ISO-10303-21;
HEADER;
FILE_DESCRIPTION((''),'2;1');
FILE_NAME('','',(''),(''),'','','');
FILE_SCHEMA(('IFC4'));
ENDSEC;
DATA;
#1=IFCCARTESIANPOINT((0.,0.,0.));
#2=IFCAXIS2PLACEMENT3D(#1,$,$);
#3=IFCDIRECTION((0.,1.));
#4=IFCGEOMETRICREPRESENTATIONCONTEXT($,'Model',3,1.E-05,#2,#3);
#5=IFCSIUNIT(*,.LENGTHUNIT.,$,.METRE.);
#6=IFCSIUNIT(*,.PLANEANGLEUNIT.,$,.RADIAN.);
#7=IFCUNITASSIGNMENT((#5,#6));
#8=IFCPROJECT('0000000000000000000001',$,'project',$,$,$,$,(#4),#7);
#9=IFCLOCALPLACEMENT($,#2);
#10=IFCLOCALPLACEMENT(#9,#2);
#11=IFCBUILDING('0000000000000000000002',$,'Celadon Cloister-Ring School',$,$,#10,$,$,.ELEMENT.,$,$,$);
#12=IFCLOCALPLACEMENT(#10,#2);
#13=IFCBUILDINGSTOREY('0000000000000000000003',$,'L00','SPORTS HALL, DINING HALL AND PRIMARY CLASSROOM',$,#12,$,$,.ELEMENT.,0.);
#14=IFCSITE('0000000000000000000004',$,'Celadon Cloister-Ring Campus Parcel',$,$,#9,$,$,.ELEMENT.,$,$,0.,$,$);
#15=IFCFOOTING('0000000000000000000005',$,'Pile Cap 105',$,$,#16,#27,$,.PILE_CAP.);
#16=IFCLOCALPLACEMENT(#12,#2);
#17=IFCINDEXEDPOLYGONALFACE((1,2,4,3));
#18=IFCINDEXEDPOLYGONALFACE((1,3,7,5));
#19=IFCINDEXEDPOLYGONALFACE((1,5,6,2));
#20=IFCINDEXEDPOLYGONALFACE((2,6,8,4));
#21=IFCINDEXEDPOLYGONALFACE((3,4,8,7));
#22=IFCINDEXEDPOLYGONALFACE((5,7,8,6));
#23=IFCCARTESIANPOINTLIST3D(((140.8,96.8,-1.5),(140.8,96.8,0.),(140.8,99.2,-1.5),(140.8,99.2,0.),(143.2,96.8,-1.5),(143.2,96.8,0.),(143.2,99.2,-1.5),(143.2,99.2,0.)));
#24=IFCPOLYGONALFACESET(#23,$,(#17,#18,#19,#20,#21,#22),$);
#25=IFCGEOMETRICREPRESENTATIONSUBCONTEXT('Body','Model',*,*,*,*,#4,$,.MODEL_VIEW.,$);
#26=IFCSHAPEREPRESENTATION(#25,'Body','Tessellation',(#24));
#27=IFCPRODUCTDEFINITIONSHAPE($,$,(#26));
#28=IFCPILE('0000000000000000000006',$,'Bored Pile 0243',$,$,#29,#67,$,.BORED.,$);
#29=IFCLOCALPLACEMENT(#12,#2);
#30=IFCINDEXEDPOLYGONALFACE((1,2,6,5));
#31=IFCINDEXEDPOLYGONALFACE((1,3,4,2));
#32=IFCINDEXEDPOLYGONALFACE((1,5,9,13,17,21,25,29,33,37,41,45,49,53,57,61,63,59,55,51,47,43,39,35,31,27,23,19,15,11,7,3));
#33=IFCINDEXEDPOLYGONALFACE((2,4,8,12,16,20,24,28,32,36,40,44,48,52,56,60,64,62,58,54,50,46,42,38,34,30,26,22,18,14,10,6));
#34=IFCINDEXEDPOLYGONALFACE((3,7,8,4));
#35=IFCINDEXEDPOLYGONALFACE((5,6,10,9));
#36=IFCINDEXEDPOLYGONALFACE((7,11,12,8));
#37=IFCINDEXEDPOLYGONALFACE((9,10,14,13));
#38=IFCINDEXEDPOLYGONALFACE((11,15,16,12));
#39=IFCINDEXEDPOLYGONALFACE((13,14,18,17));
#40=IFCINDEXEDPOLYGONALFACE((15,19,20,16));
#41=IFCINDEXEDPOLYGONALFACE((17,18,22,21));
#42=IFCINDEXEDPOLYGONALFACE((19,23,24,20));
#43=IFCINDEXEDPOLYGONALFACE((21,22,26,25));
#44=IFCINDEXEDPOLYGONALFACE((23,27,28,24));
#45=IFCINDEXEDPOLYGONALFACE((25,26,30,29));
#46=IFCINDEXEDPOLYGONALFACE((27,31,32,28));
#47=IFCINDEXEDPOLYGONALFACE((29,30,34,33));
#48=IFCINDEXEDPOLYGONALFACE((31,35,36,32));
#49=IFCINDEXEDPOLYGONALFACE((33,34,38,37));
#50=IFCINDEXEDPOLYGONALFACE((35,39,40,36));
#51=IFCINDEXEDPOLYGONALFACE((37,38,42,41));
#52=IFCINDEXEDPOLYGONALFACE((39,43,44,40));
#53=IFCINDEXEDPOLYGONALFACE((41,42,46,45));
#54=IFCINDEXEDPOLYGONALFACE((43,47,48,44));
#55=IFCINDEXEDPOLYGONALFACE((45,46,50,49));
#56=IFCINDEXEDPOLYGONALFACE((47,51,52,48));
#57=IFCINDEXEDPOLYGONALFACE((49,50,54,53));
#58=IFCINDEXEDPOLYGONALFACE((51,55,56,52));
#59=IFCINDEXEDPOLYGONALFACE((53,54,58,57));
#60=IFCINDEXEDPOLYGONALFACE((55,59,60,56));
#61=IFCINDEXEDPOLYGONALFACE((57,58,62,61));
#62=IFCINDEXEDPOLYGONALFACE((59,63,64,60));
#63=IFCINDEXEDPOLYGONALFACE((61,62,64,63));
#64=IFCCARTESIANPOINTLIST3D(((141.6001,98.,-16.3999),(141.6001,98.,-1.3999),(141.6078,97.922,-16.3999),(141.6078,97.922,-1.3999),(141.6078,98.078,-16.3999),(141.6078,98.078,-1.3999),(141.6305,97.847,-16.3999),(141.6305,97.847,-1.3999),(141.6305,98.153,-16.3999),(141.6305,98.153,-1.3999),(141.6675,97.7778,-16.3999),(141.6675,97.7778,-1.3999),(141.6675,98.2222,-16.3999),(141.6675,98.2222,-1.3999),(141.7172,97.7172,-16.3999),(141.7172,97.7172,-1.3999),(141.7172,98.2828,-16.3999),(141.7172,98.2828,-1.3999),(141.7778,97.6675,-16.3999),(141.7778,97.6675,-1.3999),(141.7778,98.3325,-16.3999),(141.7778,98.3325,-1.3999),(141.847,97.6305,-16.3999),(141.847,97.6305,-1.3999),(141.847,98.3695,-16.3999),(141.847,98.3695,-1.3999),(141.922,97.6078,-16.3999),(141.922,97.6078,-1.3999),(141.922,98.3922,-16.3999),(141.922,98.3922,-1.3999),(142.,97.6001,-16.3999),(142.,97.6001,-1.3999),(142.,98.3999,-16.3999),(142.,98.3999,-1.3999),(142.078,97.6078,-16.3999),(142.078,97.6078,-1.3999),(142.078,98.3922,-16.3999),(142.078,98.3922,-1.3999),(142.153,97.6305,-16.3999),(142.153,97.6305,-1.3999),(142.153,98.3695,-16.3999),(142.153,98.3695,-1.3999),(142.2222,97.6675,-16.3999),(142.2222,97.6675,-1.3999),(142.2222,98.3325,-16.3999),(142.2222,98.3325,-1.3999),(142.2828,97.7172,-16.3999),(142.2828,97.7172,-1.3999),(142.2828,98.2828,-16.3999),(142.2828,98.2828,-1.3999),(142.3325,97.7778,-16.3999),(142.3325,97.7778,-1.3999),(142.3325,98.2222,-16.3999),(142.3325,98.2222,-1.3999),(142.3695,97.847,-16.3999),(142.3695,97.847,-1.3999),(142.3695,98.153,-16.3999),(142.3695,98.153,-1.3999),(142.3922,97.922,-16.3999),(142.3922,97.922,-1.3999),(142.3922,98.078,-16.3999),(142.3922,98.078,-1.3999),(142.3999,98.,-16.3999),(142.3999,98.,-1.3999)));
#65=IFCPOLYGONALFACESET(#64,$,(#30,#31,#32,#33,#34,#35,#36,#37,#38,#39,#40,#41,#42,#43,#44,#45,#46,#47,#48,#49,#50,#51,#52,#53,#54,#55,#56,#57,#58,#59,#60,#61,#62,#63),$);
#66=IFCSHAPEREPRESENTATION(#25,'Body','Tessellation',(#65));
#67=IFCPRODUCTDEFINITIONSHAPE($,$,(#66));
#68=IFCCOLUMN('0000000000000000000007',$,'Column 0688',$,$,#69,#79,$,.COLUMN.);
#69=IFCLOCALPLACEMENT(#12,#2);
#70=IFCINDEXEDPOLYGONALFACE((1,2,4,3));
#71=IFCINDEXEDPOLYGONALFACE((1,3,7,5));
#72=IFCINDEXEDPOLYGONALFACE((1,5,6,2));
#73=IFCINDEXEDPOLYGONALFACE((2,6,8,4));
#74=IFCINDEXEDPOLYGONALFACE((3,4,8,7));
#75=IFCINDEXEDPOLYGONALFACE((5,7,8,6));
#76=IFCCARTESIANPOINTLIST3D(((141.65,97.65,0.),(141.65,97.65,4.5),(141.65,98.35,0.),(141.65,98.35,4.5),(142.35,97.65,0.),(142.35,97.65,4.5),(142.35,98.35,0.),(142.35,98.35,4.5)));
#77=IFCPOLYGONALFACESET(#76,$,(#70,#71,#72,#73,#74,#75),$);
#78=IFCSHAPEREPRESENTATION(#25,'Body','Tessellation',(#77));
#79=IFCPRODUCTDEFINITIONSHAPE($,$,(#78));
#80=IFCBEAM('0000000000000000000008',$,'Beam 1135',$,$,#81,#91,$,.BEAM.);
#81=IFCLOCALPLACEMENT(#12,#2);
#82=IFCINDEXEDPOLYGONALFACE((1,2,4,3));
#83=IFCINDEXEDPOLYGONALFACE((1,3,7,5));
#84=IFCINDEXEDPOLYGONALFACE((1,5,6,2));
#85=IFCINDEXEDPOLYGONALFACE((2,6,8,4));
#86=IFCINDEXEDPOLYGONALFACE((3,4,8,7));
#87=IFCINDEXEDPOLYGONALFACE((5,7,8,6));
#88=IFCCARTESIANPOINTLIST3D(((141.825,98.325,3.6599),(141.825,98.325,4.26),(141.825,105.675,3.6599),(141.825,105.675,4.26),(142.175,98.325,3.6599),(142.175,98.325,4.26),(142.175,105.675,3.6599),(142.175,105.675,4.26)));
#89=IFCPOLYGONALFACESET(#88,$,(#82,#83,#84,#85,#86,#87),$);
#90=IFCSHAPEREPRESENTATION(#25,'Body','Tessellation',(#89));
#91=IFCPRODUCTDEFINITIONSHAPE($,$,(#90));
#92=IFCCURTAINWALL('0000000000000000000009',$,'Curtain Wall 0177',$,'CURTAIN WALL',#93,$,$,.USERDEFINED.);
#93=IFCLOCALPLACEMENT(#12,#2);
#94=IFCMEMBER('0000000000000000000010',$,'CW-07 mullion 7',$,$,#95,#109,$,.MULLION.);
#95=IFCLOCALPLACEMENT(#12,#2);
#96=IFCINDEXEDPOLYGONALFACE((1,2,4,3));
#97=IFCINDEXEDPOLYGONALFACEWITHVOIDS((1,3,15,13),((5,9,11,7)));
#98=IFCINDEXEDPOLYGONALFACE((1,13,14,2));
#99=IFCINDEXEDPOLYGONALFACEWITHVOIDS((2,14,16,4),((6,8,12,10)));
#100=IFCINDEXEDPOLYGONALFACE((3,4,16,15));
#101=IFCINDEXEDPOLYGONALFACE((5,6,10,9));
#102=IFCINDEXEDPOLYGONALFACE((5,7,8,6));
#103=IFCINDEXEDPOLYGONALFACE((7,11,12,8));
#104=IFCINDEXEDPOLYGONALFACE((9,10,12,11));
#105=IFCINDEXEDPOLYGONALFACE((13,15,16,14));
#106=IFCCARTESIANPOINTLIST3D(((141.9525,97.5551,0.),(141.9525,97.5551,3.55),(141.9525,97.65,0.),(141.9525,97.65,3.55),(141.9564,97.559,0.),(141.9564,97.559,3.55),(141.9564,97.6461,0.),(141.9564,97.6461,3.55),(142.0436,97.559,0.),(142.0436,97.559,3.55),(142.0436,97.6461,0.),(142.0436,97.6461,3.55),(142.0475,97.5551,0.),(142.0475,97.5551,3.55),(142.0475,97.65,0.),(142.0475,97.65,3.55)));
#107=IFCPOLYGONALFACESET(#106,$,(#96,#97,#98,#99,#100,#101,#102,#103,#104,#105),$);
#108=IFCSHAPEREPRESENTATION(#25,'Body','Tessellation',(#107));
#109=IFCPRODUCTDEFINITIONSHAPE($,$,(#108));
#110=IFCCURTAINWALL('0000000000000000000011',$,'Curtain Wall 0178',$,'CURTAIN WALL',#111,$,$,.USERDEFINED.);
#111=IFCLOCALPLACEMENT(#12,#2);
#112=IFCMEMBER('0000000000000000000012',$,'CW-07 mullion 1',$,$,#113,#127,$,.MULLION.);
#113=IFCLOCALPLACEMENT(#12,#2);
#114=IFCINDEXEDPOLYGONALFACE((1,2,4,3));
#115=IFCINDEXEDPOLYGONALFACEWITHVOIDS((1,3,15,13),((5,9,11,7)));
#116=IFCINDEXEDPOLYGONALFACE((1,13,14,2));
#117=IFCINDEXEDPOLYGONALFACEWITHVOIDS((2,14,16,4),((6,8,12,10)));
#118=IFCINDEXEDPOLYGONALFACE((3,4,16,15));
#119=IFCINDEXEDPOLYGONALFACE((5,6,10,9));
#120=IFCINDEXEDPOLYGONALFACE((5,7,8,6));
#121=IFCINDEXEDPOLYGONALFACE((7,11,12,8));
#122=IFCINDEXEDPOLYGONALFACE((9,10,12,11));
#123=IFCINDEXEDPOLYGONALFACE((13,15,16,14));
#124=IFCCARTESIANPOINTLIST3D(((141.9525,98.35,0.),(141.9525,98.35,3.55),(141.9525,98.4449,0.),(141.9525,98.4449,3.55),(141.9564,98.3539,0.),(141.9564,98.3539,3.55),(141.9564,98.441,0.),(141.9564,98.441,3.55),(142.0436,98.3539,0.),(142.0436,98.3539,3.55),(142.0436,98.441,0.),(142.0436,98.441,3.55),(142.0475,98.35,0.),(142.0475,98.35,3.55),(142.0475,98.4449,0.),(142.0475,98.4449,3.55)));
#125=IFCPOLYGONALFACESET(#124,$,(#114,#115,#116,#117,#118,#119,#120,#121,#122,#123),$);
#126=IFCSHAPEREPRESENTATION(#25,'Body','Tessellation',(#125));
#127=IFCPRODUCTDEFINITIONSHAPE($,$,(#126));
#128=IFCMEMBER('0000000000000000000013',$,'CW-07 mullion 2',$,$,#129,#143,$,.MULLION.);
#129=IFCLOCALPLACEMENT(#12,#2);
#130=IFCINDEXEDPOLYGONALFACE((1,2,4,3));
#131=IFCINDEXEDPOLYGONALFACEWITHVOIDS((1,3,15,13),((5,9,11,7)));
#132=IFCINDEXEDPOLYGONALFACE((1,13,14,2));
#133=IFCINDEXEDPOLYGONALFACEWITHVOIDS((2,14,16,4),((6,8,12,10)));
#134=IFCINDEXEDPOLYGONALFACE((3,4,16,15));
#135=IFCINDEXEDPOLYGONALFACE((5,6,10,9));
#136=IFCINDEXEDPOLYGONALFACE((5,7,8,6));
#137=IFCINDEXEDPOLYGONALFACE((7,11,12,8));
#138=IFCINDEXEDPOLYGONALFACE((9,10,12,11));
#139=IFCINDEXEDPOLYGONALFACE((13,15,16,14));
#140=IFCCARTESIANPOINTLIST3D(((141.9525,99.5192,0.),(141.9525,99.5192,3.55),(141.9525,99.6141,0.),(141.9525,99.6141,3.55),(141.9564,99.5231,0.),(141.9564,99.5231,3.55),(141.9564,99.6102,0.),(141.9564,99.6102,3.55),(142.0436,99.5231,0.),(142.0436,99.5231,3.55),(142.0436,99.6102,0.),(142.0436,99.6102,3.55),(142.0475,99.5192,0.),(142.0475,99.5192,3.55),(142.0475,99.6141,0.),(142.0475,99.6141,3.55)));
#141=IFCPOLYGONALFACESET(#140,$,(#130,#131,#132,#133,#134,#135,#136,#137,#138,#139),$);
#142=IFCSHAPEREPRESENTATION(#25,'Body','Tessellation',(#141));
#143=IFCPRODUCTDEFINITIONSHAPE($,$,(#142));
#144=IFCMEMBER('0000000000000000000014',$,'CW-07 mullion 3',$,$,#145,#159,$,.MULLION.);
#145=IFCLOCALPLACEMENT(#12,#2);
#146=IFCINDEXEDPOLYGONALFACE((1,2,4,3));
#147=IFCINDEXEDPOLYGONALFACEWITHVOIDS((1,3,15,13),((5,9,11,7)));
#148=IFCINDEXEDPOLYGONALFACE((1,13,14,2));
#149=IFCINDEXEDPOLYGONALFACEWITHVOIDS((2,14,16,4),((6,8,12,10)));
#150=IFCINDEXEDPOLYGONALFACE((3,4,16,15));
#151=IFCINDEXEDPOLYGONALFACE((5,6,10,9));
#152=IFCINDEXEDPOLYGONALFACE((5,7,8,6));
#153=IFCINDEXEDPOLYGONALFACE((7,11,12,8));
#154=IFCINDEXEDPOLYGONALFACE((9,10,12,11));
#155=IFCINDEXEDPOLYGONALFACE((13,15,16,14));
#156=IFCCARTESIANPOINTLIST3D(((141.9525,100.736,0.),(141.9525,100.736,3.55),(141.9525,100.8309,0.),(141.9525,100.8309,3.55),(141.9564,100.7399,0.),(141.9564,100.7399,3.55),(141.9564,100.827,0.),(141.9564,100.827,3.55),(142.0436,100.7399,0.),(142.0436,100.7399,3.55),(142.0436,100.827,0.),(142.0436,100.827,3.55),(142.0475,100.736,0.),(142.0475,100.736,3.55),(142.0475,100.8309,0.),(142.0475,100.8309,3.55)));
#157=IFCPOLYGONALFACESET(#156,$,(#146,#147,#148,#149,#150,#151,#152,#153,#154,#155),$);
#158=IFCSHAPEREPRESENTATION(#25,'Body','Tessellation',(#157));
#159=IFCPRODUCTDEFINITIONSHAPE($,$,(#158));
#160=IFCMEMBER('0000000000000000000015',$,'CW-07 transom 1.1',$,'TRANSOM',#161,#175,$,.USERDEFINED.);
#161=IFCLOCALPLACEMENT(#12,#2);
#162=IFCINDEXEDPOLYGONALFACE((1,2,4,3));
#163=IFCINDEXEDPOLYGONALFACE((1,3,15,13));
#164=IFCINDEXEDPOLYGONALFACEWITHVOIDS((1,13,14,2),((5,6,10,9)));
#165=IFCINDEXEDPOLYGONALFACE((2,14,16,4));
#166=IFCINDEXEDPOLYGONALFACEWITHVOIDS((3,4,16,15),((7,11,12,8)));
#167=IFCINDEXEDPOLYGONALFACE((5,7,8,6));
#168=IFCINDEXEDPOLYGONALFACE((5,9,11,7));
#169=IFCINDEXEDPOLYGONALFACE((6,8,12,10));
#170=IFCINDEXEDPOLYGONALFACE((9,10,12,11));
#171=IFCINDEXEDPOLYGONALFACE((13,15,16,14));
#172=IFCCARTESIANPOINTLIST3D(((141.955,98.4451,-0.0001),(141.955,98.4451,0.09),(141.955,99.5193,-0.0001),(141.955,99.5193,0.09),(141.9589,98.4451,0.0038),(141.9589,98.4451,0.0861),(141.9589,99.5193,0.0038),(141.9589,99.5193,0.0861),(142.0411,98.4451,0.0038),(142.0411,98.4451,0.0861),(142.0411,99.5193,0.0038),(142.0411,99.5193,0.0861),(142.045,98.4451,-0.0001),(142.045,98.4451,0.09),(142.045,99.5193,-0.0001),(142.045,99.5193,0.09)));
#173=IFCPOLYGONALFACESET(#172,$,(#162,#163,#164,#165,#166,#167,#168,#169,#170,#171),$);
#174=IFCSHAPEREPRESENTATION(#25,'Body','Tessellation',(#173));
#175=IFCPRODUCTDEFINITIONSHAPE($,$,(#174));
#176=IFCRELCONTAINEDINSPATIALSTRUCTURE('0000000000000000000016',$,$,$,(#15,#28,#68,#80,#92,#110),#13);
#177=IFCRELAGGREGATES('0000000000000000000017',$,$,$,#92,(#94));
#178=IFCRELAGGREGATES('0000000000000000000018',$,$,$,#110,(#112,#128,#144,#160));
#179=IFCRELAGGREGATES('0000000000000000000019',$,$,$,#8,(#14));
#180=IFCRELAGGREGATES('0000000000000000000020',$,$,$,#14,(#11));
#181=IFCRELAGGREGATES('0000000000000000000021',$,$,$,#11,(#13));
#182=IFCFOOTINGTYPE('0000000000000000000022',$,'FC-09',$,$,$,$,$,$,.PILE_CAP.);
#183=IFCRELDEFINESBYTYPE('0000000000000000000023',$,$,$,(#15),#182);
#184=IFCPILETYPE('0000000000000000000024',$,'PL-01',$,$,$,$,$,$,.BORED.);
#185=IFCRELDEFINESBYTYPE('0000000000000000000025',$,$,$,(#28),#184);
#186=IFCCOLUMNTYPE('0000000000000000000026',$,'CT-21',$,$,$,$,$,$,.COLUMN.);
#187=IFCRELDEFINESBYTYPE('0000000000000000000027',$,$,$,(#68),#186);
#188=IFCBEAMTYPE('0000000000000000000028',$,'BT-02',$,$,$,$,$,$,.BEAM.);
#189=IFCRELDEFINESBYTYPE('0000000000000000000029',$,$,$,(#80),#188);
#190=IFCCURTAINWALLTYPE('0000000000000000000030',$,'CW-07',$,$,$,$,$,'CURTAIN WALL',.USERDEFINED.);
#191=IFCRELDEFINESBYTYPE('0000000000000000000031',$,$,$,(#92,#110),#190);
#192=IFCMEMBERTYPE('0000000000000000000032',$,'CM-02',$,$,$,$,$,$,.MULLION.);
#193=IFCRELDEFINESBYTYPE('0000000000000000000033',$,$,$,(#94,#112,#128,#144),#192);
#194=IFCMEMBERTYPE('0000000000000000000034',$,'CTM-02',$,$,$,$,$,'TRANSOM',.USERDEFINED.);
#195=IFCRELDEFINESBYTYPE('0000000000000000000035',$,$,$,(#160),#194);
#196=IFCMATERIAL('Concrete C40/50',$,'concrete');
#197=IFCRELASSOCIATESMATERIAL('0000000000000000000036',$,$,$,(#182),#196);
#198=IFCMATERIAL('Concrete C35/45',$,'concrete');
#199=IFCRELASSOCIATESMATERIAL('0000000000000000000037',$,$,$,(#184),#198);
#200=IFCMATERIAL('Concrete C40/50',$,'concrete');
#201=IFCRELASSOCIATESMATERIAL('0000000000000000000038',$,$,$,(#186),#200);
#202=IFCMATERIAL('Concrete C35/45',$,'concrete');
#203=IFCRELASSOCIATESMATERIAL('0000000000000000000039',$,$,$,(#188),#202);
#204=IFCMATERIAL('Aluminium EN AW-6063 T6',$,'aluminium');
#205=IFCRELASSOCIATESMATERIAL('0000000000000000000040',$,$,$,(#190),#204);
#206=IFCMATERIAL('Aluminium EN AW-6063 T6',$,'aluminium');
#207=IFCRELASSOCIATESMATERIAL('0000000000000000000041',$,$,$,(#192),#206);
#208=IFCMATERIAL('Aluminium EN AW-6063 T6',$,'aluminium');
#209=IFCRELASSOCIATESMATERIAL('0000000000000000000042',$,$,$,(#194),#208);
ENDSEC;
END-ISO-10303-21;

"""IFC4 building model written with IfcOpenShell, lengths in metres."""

from ifc_helpers import new_model, si_unit, direction, frame, origin, origin_2d, place, context, subcontext, project, spatial, rectangle, hollow_rectangle, circle, extrude, material, material_profile, profile_set, type_object, element, aggregate, save


model = new_model("IFC4")

# Units and contexts
model_context = context("Model", 3, precision=1e-05, world=origin(), true_north=direction((0.0, 1.0)))
body_context = subcontext(model_context, "Body", "Model", "MODEL_VIEW")
ifc_project = project(units=[si_unit("LENGTHUNIT", "METRE"), si_unit("PLANEANGLEUNIT", "RADIAN")], contexts=[model_context])

# Site, building, storey
site_placement = place(None, origin())
site = spatial("IfcSite", under=ifc_project, at=site_placement, Name="Celadon Cloister-Ring Campus Parcel", CompositionType="ELEMENT", RefElevation=0.0)
building_placement = place(site_placement, origin())
building = spatial("IfcBuilding", under=site, at=building_placement, Name="Celadon Cloister-Ring School", CompositionType="ELEMENT")
storey_placement = place(building_placement, origin())
storey = spatial("IfcBuildingStorey", under=building, at=storey_placement, Name="L00", Description="SPORTS HALL, DINING HALL AND PRIMARY CLASSROOM", CompositionType="ELEMENT", Elevation=0.0)

# Footing
ifc_material_1 = material(Name="Concrete C40/50", Category="concrete")
footing_type = type_object("IfcFootingType", Name="FC-09", PredefinedType="PILE_CAP", material=ifc_material_1)
footing_placement = place(storey_placement, frame((142.0, 98.0, -1.5), z_axis=(0.0, 0.0, 1.0), x_axis=(1.0, 0.0, 0.0)))
element("IfcFooting", 1, at=footing_placement, inside=storey, type_object=footing_type, Name="Pile Cap 105", PredefinedType="PILE_CAP", context=body_context, shape_type="SweptSolid", body=[
    extrude(rectangle(XDim=2.3999, YDim=2.3999, at=origin_2d()), origin(), (0.0, 0.0, 1.0), 1.5),
])

# Pile
ifc_material_2 = material(Name="Concrete C35/45", Category="concrete")
ifc_material_profile_1 = material_profile(ifc_material_2, circle(Radius=0.3999, at=origin_2d()), Name="PILE800")
ifc_profile_set_1 = profile_set([ifc_material_profile_1], Name="Concrete C35/45")
pile_type = type_object("IfcPileType", Name="PL-01", PredefinedType="BORED", material=ifc_profile_set_1)
pile_placement = place(storey_placement, frame((142.0, 98.0, -1.3999), z_axis=(0.0, 0.0, -1.0), x_axis=(1.0, 0.0, 0.0)))
element("IfcPile", 2, at=pile_placement, inside=storey, type_object=pile_type, Name="Bored Pile 0243", PredefinedType="BORED", context=body_context, shape_type="SweptSolid", body=[
    extrude(circle(Radius=0.3999, at=origin_2d()), origin(), (0.0, 0.0, 1.0), 15.0),
])

# Column
ifc_material_3 = material(Name="Concrete C40/50", Category="concrete")
ifc_material_profile_2 = material_profile(ifc_material_3, rectangle(XDim=0.7, YDim=0.7, at=origin_2d()), Name="RC700X700")
ifc_profile_set_2 = profile_set([ifc_material_profile_2], Name="Concrete C40/50")
column_type = type_object("IfcColumnType", Name="CT-21", PredefinedType="COLUMN", material=ifc_profile_set_2)
column_placement = place(storey_placement, frame((142.0, 98.0, 0.0), z_axis=(0.0, 0.0, 1.0), x_axis=(1.0, 0.0, 0.0)))
element("IfcColumn", 3, at=column_placement, inside=storey, type_object=column_type, Name="Column 0688", PredefinedType="COLUMN", context=body_context, shape_type="SweptSolid", body=[
    extrude(rectangle(XDim=0.7, YDim=0.7, at=origin_2d()), origin(), (0.0, 0.0, 1.0), 4.5),
])

# Beam
ifc_material_4 = material(Name="Concrete C35/45", Category="concrete")
ifc_material_profile_3 = material_profile(ifc_material_4, rectangle(XDim=0.3501, YDim=0.6001, at=origin_2d()), Name="RC350X600")
ifc_profile_set_3 = profile_set([ifc_material_profile_3], Name="Concrete C35/45")
beam_type = type_object("IfcBeamType", Name="BT-02", PredefinedType="BEAM", material=ifc_profile_set_3)
beam_placement = place(storey_placement, frame((142.0, 98.325, 3.96), z_axis=(0.0, 1.0, 0.0), x_axis=(-1.0, 0.0, 0.0)))
element("IfcBeam", 4, at=beam_placement, inside=storey, type_object=beam_type, Name="Beam 1135", PredefinedType="BEAM", context=body_context, shape_type="SweptSolid", body=[
    extrude(rectangle(XDim=0.3501, YDim=0.6001, at=origin_2d()), origin(), (0.0, 0.0, 1.0), 7.3501),
])

# Curtain wall, member
ifc_material_5 = material(Name="Aluminium EN AW-6063 T6", Category="aluminium")
curtain_wall_type = type_object("IfcCurtainWallType", Name="CW-07", ElementType="CURTAIN WALL", PredefinedType="USERDEFINED", material=ifc_material_5)
curtain_wall_1_placement = place(storey_placement, origin())
curtain_wall_1 = element("IfcCurtainWall", 5, at=curtain_wall_1_placement, inside=storey, type_object=curtain_wall_type, Name="Curtain Wall 0177", ObjectType="CURTAIN WALL", PredefinedType="USERDEFINED")
ifc_material_6 = material(Name="Aluminium EN AW-6063 T6", Category="aluminium")
ifc_material_profile_4 = material_profile(ifc_material_6, hollow_rectangle(XDim=0.095, YDim=0.095, WallThickness=0.0039, at=origin_2d()), Name="RHS95X95X4")
ifc_profile_set_4 = profile_set([ifc_material_profile_4], Name="Aluminium EN AW-6063 T6")
member_type_1 = type_object("IfcMemberType", Name="CM-02", PredefinedType="MULLION", material=ifc_profile_set_4)
member_1_placement = place(storey_placement, frame((142.0, 97.6025, 0.0), z_axis=(0.0, 0.0, 1.0), x_axis=(-1.0, 0.0, 0.0)))
member_1 = element("IfcMember", 6, at=member_1_placement, type_object=member_type_1, Name="CW-07 mullion 7", PredefinedType="MULLION", context=body_context, shape_type="SweptSolid", body=[
    extrude(hollow_rectangle(XDim=0.095, YDim=0.095, WallThickness=0.0039, at=origin_2d()), origin(), (0.0, 0.0, 1.0), 3.55),
])

# Curtain wall, members
curtain_wall_2_placement = place(storey_placement, origin())
curtain_wall_2 = element("IfcCurtainWall", 7, at=curtain_wall_2_placement, inside=storey, type_object=curtain_wall_type, Name="Curtain Wall 0178", ObjectType="CURTAIN WALL", PredefinedType="USERDEFINED")
member_2_placement = place(storey_placement, frame((142.0, 98.3975, 0.0), z_axis=(0.0, 0.0, 1.0), x_axis=(-1.0, 0.0, 0.0)))
member_2 = element("IfcMember", 8, at=member_2_placement, type_object=member_type_1, Name="CW-07 mullion 1", PredefinedType="MULLION", context=body_context, shape_type="SweptSolid", body=[
    extrude(hollow_rectangle(XDim=0.095, YDim=0.095, WallThickness=0.0039, at=origin_2d()), origin(), (0.0, 0.0, 1.0), 3.55),
])
member_3_placement = place(storey_placement, frame((142.0, 99.5667, 0.0), z_axis=(0.0, 0.0, 1.0), x_axis=(-1.0, 0.0, 0.0)))
member_3 = element("IfcMember", 9, at=member_3_placement, type_object=member_type_1, Name="CW-07 mullion 2", PredefinedType="MULLION", context=body_context, shape_type="SweptSolid", body=[
    extrude(hollow_rectangle(XDim=0.095, YDim=0.095, WallThickness=0.0039, at=origin_2d()), origin(), (0.0, 0.0, 1.0), 3.55),
])
member_4_placement = place(storey_placement, frame((142.0, 100.7834, 0.0), z_axis=(0.0, 0.0, 1.0), x_axis=(-1.0, 0.0, 0.0)))
member_4 = element("IfcMember", 10, at=member_4_placement, type_object=member_type_1, Name="CW-07 mullion 3", PredefinedType="MULLION", context=body_context, shape_type="SweptSolid", body=[
    extrude(hollow_rectangle(XDim=0.095, YDim=0.095, WallThickness=0.0039, at=origin_2d()), origin(), (0.0, 0.0, 1.0), 3.55),
])
ifc_material_7 = material(Name="Aluminium EN AW-6063 T6", Category="aluminium")
ifc_material_profile_5 = material_profile(ifc_material_7, hollow_rectangle(XDim=0.0901, YDim=0.0901, WallThickness=0.0039, at=origin_2d()), Name="RHS90X90X4")
ifc_profile_set_5 = profile_set([ifc_material_profile_5], Name="Aluminium EN AW-6063 T6")
member_type_2 = type_object("IfcMemberType", Name="CTM-02", ElementType="TRANSOM", PredefinedType="USERDEFINED", material=ifc_profile_set_5)
member_5_placement = place(storey_placement, frame((142.0, 98.4451, 0.0449), z_axis=(0.0, 1.0, 0.0), x_axis=(-1.0, 0.0, 0.0)))
member_5 = element("IfcMember", 11, at=member_5_placement, type_object=member_type_2, Name="CW-07 transom 1.1", ObjectType="TRANSOM", PredefinedType="USERDEFINED", context=body_context, shape_type="SweptSolid", body=[
    extrude(hollow_rectangle(XDim=0.0901, YDim=0.0901, WallThickness=0.0039, at=origin_2d()), origin(), (0.0, 0.0, 1.0), 1.0742),
])

aggregate(curtain_wall_1, [member_1])
aggregate(curtain_wall_2, [member_2, member_3, member_4, member_5])

save(model, "model.ifc")
